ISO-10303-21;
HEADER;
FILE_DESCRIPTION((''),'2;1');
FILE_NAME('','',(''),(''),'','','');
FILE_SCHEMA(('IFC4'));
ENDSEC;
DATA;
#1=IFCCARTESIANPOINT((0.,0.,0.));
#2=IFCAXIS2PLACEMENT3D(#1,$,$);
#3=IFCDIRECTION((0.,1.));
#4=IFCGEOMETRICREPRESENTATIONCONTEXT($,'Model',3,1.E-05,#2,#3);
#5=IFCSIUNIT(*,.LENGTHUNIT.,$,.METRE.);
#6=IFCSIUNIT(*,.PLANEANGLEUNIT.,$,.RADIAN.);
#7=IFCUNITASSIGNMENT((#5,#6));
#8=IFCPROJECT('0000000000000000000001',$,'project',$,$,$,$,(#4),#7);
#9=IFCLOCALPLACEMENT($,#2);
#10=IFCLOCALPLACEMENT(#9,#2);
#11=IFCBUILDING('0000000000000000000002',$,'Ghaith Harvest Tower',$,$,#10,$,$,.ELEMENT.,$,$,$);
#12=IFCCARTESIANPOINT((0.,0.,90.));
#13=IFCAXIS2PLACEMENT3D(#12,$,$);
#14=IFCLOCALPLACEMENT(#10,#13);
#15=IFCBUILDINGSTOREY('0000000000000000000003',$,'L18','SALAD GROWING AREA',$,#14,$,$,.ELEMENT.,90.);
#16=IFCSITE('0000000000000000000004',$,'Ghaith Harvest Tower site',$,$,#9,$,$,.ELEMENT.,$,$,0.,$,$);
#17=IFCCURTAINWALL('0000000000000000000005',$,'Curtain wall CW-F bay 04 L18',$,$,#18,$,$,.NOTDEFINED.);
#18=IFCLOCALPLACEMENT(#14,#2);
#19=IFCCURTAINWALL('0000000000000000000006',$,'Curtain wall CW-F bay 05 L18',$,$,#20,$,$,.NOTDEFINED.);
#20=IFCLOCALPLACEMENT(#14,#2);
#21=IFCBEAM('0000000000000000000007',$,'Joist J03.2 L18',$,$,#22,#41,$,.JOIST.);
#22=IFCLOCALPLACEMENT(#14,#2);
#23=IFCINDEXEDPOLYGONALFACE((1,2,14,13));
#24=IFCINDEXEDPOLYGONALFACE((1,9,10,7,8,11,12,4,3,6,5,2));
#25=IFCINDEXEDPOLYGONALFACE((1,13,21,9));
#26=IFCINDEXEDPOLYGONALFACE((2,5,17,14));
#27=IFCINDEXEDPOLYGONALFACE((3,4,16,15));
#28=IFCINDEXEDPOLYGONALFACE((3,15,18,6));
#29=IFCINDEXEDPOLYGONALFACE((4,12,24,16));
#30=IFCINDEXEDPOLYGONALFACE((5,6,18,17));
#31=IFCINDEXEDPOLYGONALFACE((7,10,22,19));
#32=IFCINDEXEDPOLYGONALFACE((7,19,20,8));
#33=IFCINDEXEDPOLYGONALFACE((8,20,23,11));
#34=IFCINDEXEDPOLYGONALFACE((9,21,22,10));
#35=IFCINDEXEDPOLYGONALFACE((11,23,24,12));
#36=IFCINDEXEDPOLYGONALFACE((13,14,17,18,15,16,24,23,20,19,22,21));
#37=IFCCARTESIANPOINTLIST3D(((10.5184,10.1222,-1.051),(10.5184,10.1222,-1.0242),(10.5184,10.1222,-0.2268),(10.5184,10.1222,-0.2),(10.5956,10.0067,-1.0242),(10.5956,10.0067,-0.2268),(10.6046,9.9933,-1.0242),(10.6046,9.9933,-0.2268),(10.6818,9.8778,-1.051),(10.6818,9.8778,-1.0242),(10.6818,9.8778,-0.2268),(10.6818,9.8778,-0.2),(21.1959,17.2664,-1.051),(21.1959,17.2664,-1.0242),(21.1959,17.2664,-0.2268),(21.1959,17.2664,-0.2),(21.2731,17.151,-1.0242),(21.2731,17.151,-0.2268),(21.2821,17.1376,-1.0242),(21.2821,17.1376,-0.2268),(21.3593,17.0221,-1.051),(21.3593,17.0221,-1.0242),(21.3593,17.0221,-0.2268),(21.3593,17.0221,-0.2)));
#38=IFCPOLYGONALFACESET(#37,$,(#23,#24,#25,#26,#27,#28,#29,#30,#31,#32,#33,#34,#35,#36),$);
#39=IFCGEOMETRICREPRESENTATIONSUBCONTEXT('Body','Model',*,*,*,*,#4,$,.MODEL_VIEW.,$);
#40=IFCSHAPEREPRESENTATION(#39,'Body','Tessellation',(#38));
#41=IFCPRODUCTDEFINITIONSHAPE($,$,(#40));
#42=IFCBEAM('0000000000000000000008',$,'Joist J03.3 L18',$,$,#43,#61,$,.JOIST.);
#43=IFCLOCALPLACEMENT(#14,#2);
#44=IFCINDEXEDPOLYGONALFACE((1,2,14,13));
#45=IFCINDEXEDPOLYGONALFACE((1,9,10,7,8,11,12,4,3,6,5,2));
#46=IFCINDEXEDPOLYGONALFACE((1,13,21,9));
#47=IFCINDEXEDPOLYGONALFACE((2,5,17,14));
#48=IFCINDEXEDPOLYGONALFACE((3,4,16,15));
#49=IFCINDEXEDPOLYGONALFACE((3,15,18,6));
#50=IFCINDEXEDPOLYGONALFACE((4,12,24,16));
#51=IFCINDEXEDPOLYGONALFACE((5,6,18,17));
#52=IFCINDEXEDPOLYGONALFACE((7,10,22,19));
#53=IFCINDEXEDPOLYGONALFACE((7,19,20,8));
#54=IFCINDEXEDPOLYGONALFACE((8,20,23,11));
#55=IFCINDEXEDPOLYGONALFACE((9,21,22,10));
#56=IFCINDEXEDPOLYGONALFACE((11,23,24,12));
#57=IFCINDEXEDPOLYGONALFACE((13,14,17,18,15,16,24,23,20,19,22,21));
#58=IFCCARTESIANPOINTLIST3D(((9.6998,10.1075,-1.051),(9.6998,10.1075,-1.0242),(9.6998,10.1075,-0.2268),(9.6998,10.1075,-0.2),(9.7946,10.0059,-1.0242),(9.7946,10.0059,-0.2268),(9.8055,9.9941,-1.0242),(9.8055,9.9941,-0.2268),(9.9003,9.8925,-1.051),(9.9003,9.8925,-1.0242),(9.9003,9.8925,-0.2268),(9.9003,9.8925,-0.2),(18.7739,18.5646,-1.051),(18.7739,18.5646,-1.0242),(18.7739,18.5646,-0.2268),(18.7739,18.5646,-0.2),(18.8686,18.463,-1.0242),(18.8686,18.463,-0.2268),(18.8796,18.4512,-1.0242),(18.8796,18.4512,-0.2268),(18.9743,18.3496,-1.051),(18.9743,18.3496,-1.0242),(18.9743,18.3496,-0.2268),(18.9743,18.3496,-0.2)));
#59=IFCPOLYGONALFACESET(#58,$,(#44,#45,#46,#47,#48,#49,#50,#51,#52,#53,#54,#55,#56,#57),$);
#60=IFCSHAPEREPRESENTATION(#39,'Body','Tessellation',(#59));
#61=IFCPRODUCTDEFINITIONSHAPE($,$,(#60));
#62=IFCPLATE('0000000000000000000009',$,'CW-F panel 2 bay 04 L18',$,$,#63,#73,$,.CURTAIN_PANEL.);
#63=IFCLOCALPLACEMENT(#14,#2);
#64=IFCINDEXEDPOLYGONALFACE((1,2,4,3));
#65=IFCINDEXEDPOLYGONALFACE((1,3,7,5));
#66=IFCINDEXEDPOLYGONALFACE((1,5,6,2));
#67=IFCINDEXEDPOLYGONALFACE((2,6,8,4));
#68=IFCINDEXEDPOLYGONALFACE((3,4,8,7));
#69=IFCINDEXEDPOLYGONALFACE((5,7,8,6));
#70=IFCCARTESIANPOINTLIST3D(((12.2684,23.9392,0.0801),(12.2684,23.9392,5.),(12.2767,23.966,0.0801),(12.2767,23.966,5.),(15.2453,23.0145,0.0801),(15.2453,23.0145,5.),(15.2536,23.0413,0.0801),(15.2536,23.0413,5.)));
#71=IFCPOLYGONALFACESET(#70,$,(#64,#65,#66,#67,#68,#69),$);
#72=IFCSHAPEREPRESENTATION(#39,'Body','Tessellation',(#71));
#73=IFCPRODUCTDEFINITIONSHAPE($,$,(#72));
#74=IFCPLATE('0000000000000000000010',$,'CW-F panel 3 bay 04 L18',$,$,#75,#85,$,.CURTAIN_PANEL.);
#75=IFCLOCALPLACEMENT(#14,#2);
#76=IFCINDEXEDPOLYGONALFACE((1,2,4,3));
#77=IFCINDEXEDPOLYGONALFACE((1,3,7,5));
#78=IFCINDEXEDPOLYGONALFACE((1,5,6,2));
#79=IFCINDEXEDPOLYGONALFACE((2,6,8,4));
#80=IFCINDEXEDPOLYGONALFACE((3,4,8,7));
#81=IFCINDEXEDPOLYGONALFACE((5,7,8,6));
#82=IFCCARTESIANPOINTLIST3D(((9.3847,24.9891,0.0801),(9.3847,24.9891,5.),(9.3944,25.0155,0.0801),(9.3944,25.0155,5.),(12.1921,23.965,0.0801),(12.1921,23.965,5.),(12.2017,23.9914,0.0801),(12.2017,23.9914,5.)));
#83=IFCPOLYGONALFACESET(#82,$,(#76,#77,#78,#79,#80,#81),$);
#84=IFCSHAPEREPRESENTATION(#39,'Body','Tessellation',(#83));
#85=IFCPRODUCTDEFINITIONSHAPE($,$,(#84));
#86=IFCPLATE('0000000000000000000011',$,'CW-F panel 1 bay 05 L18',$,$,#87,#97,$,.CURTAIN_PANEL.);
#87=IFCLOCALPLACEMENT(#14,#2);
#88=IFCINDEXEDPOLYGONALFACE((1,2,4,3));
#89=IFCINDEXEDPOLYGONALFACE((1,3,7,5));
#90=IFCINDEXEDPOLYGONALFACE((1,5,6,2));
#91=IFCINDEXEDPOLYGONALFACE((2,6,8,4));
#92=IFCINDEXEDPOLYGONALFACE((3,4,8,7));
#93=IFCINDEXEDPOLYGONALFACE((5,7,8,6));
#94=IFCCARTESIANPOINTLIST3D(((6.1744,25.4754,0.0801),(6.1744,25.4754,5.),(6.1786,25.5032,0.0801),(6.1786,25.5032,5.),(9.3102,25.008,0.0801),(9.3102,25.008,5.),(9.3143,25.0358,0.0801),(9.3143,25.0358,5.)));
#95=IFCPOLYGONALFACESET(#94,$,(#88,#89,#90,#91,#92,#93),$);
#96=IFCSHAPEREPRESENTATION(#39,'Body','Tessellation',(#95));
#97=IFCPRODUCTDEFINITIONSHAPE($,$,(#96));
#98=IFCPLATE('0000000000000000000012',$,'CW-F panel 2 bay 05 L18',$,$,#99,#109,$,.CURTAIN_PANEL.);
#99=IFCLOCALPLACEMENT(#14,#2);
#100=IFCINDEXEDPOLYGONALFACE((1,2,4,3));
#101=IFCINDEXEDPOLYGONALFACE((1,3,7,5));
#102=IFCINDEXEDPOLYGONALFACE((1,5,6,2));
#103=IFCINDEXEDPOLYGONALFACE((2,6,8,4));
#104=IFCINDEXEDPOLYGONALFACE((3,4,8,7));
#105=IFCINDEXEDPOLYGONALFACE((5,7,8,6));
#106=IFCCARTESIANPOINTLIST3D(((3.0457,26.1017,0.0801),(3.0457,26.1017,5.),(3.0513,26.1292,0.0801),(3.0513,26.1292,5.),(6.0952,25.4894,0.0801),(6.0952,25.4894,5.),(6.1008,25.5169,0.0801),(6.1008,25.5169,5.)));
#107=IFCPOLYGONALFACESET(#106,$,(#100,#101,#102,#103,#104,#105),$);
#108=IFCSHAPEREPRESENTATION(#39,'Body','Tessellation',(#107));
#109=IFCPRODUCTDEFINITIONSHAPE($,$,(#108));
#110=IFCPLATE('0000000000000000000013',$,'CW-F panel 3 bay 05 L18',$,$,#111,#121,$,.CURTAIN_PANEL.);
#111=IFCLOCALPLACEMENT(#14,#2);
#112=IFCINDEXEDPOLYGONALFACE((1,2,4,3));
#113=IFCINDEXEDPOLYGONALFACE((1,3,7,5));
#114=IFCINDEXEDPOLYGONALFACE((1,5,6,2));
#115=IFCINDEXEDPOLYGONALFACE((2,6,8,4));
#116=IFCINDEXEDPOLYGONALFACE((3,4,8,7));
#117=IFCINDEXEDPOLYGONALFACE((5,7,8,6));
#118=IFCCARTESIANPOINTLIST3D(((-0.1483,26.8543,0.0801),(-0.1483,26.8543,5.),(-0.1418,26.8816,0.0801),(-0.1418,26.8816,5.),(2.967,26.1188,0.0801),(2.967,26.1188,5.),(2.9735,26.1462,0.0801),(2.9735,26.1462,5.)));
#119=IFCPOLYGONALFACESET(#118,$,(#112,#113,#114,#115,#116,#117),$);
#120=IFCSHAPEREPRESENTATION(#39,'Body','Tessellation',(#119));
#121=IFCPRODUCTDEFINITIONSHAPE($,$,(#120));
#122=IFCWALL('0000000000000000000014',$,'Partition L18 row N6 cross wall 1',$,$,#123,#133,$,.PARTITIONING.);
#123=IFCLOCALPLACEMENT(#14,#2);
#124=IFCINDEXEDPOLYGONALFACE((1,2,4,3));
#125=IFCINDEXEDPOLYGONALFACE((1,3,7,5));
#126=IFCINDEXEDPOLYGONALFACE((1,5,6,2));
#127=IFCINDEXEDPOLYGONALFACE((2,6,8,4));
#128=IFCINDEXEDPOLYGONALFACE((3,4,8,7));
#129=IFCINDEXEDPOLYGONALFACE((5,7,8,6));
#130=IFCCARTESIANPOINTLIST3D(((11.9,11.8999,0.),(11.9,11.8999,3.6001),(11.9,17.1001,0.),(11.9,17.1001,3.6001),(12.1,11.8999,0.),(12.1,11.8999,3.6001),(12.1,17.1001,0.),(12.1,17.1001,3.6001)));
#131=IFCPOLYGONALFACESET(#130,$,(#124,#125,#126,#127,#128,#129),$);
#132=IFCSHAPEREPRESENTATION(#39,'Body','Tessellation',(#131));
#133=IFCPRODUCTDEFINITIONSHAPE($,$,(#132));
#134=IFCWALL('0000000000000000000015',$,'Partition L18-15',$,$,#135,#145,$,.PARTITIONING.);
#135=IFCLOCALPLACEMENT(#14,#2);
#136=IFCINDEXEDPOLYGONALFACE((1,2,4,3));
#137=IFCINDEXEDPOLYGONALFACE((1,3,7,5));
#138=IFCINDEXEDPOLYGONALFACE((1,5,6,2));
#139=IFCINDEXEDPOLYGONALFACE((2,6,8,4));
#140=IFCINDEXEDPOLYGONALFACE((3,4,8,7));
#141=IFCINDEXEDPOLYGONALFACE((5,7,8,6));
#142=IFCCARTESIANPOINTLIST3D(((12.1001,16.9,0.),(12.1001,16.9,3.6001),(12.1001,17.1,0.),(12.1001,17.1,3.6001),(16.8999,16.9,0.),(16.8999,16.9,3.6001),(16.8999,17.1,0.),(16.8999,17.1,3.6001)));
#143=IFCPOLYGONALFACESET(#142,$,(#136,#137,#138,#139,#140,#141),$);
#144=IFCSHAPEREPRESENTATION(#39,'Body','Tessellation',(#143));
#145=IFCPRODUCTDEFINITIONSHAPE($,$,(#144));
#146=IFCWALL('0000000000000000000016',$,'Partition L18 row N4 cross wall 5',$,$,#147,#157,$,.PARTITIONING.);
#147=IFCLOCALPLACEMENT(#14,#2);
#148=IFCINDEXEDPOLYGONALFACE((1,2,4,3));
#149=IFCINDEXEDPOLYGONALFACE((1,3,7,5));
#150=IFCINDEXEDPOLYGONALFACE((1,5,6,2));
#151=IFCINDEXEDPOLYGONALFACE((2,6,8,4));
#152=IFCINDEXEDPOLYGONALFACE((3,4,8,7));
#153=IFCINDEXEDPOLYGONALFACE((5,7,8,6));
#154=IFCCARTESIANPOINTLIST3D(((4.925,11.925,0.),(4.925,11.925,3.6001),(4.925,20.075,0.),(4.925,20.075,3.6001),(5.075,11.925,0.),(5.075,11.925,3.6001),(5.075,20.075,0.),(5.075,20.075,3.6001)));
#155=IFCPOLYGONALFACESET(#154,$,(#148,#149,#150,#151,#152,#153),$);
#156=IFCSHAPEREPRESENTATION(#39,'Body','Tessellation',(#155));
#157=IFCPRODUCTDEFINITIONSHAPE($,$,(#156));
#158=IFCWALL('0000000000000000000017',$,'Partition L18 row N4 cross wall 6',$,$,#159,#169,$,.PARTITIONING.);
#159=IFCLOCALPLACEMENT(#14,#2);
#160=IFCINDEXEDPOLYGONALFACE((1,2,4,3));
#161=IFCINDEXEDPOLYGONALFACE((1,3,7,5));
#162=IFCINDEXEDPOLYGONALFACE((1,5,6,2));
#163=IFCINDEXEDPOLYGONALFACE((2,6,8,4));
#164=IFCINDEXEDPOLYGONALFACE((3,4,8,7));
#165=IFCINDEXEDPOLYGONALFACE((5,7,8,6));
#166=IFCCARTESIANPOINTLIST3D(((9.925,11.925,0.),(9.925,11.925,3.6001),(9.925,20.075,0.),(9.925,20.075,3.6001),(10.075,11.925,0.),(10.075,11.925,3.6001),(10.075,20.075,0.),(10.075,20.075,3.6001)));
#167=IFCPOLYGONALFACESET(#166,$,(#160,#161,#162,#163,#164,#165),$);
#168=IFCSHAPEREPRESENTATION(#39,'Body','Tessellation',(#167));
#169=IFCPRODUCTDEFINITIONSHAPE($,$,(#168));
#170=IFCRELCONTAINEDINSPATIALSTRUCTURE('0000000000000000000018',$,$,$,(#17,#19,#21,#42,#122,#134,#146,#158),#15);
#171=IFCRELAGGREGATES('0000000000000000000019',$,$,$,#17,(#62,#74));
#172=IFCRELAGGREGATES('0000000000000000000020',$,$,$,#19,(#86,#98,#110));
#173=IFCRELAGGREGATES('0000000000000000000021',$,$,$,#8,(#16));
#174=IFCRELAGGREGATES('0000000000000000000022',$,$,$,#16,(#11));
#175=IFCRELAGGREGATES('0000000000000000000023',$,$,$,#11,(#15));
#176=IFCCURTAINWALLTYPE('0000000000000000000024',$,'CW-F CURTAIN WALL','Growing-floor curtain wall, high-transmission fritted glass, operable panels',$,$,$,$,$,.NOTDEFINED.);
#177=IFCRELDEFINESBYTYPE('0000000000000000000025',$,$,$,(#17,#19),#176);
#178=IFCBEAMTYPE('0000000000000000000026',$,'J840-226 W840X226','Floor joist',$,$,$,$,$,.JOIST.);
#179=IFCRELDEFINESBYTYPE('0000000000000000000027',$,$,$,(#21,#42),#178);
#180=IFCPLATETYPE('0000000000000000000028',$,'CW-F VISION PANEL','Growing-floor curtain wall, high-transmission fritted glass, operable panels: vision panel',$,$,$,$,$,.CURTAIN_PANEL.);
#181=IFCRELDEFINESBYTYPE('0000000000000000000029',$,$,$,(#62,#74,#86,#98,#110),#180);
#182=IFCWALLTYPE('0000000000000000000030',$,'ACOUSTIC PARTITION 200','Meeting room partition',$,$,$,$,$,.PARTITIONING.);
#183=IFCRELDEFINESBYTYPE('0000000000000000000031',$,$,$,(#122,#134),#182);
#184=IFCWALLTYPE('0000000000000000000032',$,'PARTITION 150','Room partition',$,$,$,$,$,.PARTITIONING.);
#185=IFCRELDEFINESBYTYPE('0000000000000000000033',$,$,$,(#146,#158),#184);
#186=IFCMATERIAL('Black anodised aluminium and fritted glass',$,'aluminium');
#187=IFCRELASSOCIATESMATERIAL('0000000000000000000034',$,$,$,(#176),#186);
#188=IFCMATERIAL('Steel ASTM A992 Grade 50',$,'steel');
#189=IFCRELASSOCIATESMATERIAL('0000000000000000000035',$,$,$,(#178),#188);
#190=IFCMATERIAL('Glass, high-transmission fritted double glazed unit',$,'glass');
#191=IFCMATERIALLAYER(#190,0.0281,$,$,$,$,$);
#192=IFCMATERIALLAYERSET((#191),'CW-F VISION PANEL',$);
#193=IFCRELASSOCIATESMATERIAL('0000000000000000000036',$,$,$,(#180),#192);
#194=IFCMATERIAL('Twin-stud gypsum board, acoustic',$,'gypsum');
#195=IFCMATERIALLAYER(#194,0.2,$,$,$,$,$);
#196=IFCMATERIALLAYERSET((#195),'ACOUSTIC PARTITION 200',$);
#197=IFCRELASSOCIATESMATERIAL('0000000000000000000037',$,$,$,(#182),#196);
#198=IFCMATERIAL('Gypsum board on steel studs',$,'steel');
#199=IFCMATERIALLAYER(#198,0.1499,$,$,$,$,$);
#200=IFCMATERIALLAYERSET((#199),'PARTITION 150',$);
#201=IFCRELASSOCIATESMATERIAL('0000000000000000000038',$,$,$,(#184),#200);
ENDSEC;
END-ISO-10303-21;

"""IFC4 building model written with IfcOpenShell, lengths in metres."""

from ifc_helpers import new_model, si_unit, direction, frame, frame_2d, origin, origin_2d, place, context, subcontext, project, spatial, rectangle, i_section, extrude, material, layer, layer_set, material_profile, profile_set, type_object, element, aggregate, save


model = new_model("IFC4")

# Units and contexts
model_context = context("Model", 3, precision=1e-05, world=origin(), true_north=direction((0.0, 1.0)))
body_context = subcontext(model_context, "Body", "Model", "MODEL_VIEW")
ifc_project = project(units=[si_unit("LENGTHUNIT", "METRE"), si_unit("PLANEANGLEUNIT", "RADIAN")], contexts=[model_context])

# Site, building, storey
site_placement = place(None, origin())
site = spatial("IfcSite", under=ifc_project, at=site_placement, Name="Ghaith Harvest Tower site", CompositionType="ELEMENT", RefElevation=0.0)
building_placement = place(site_placement, origin())
building = spatial("IfcBuilding", under=site, at=building_placement, Name="Ghaith Harvest Tower", CompositionType="ELEMENT")
storey_placement = place(building_placement, frame((0.0, 0.0, 90.0)))
storey = spatial("IfcBuildingStorey", under=building, at=storey_placement, Name="L18", Description="SALAD GROWING AREA", CompositionType="ELEMENT", Elevation=90.0)

# Curtain wall
ifc_material_1 = material(Name="Black anodised aluminium and fritted glass", Category="aluminium")
curtain_wall_type = type_object("IfcCurtainWallType", Name="CW-F CURTAIN WALL", Description="Growing-floor curtain wall, high-transmission fritted glass, operable panels", PredefinedType="NOTDEFINED", material=ifc_material_1)
curtain_wall_1_placement = place(storey_placement, origin())
curtain_wall_1 = element("IfcCurtainWall", 1, at=curtain_wall_1_placement, inside=storey, type_object=curtain_wall_type, Name="Curtain wall CW-F bay 04 L18", PredefinedType="NOTDEFINED")

# Curtain wall
curtain_wall_2_placement = place(storey_placement, origin())
curtain_wall_2 = element("IfcCurtainWall", 2, at=curtain_wall_2_placement, inside=storey, type_object=curtain_wall_type, Name="Curtain wall CW-F bay 05 L18", PredefinedType="NOTDEFINED")

# Beams
ifc_material_2 = material(Name="Steel ASTM A992 Grade 50", Category="steel")
ifc_material_profile_1 = material_profile(ifc_material_2, i_section(OverallWidth=0.2939, OverallDepth=0.8511, WebThickness=0.0161, FlangeThickness=0.0269, at=origin_2d()), Name="W840X226")
ifc_profile_set_1 = profile_set([ifc_material_profile_1], Name="Steel ASTM A992 Grade 50")
beam_type_1 = type_object("IfcBeamType", Name="J840-226 W840X226", Description="Floor joist", PredefinedType="JOIST", material=ifc_profile_set_1)
beam_1_placement = place(storey_placement, frame((10.6001, 10.0, -0.6255), z_axis=(0.831116, 0.556098, 0.0), x_axis=(-0.556098, 0.831116, 0.0)))
element("IfcBeam", 3, at=beam_1_placement, inside=storey, type_object=beam_type_1, Name="Joist J03.2 L18", PredefinedType="JOIST", context=body_context, shape_type="SweptSolid", body=[
    extrude(i_section(OverallWidth=0.2939, OverallDepth=0.8511, WebThickness=0.0161, FlangeThickness=0.0269, at=origin_2d()), origin(), (0.0, 0.0, 1.0), 12.8472),
])
beam_2_placement = place(storey_placement, frame((9.8, 10.0, -0.6255), z_axis=(0.731538, 0.681801, 0.0), x_axis=(-0.681801, 0.731538, 0.0)))
element("IfcBeam", 4, at=beam_2_placement, inside=storey, type_object=beam_type_1, Name="Joist J03.3 L18", PredefinedType="JOIST", context=body_context, shape_type="SweptSolid", body=[
    extrude(i_section(OverallWidth=0.2939, OverallDepth=0.8511, WebThickness=0.0161, FlangeThickness=0.0269, at=origin_2d()), origin(), (0.0, 0.0, 1.0), 12.4041),
])

# Plates
ifc_material_3 = material(Name="Glass, high-transmission fritted double glazed unit", Category="glass")
ifc_layer_1 = layer(ifc_material_3, 0.0281)
ifc_layer_set_1 = layer_set([ifc_layer_1], Name="CW-F VISION PANEL")
plate_type = type_object("IfcPlateType", Name="CW-F VISION PANEL", Description="Growing-floor curtain wall, high-transmission fritted glass, operable panels: vision panel", PredefinedType="CURTAIN_PANEL", material=ifc_layer_set_1)
plate_1_placement = place(storey_placement, frame((13.761, 23.4902, 0.0801), z_axis=(0.0, 0.0, 1.0), x_axis=(-0.954988, 0.296644, 0.0)))
plate_1 = element("IfcPlate", 5, at=plate_1_placement, type_object=plate_type, Name="CW-F panel 2 bay 04 L18", PredefinedType="CURTAIN_PANEL", context=body_context, shape_type="SweptSolid", body=[
    extrude(rectangle(XDim=3.1172, YDim=0.0281, at=origin_2d()), origin(), (0.0, 0.0, 1.0), 4.9199),
])
plate_2_placement = place(storey_placement, frame((10.7932, 24.4902, 0.0801), z_axis=(0.0, 0.0, 1.0), x_axis=(-0.939438, 0.342718, 0.0)))
plate_2 = element("IfcPlate", 6, at=plate_2_placement, type_object=plate_type, Name="CW-F panel 3 bay 04 L18", PredefinedType="CURTAIN_PANEL", context=body_context, shape_type="SweptSolid", body=[
    extrude(rectangle(XDim=2.9883, YDim=0.0281, at=origin_2d()), origin(), (0.0, 0.0, 1.0), 4.9199),
])
aggregate(curtain_wall_1, [plate_1, plate_2])
plate_3_placement = place(storey_placement, frame((7.7444, 25.2556, 0.0801), z_axis=(0.0, 0.0, 1.0), x_axis=(-0.989074, 0.147418, 0.0)))
plate_3 = element("IfcPlate", 7, at=plate_3_placement, type_object=plate_type, Name="CW-F panel 1 bay 05 L18", PredefinedType="CURTAIN_PANEL", context=body_context, shape_type="SweptSolid", body=[
    extrude(rectangle(XDim=3.1704, YDim=0.0281, at=origin_2d()), origin(), (0.0, 0.0, 1.0), 4.9199),
])
plate_4_placement = place(storey_placement, frame((4.5732, 25.8093, 0.0801), z_axis=(0.0, 0.0, 1.0), x_axis=(-0.980432, 0.196856, 0.0)))
plate_4 = element("IfcPlate", 8, at=plate_4_placement, type_object=plate_type, Name="CW-F panel 2 bay 05 L18", PredefinedType="CURTAIN_PANEL", context=body_context, shape_type="SweptSolid", body=[
    extrude(rectangle(XDim=3.1104, YDim=0.0281, at=origin_2d()), origin(), (0.0, 0.0, 1.0), 4.9199),
])
plate_5_placement = place(storey_placement, frame((1.4126, 26.5002, 0.0801), z_axis=(0.0, 0.0, 1.0), x_axis=(-0.973246, 0.229766, 0.0)))
plate_5 = element("IfcPlate", 9, at=plate_5_placement, type_object=plate_type, Name="CW-F panel 3 bay 05 L18", PredefinedType="CURTAIN_PANEL", context=body_context, shape_type="SweptSolid", body=[
    extrude(rectangle(XDim=3.2009, YDim=0.0281, at=origin_2d()), origin(), (0.0, 0.0, 1.0), 4.9199),
])
aggregate(curtain_wall_2, [plate_3, plate_4, plate_5])

# Wall
ifc_material_4 = material(Name="Twin-stud gypsum board, acoustic", Category="gypsum")
ifc_layer_2 = layer(ifc_material_4, 0.2)
ifc_layer_set_2 = layer_set([ifc_layer_2], Name="ACOUSTIC PARTITION 200")
wall_type_1 = type_object("IfcWallType", Name="ACOUSTIC PARTITION 200", Description="Meeting room partition", PredefinedType="PARTITIONING", material=ifc_layer_set_2)
wall_1_placement = place(storey_placement, frame((12.0, 11.8999, 0.0), z_axis=(0.0, 0.0, 1.0), x_axis=(0.0, 1.0, 0.0)))
element("IfcWall", 10, at=wall_1_placement, inside=storey, type_object=wall_type_1, Name="Partition L18 row N6 cross wall 1", PredefinedType="PARTITIONING", context=body_context, shape_type="SweptSolid", body=[
    extrude(rectangle(XDim=5.2002, YDim=0.2, at=frame_2d((2.6001, 0.0))), origin(), (0.0, 0.0, 1.0), 3.6001),
])

# Walls
wall_2_placement = place(storey_placement, frame((12.1001, 17.0, 0.0), z_axis=(0.0, 0.0, 1.0), x_axis=(1.0, 0.0, 0.0)))
element("IfcWall", 11, at=wall_2_placement, inside=storey, type_object=wall_type_1, Name="Partition L18-15", PredefinedType="PARTITIONING", context=body_context, shape_type="SweptSolid", body=[
    extrude(rectangle(XDim=4.7998, YDim=0.2, at=frame_2d((2.3999, 0.0))), origin(), (0.0, 0.0, 1.0), 3.6001),
])
ifc_material_5 = material(Name="Gypsum board on steel studs", Category="steel")
ifc_layer_3 = layer(ifc_material_5, 0.1499)
ifc_layer_set_3 = layer_set([ifc_layer_3], Name="PARTITION 150")
wall_type_2 = type_object("IfcWallType", Name="PARTITION 150", Description="Room partition", PredefinedType="PARTITIONING", material=ifc_layer_set_3)
for number, where, z_axis, x_axis, name in (
    (12, (5.0, 11.925, 0.0), (0.0, 0.0, 1.0), (0.0, 1.0, 0.0), "Partition L18 row N4 cross wall 5"),
    (13, (10.0, 11.925, 0.0), (0.0, 0.0, 1.0), (0.0, 1.0, 0.0), "Partition L18 row N4 cross wall 6"),
):
    element("IfcWall", number, at=place(storey_placement, frame(where, z_axis=z_axis, x_axis=x_axis)), inside=storey, type_object=wall_type_2, Name=name, PredefinedType="PARTITIONING", context=body_context, shape_type="SweptSolid", body=[
        extrude(rectangle(XDim=8.1499, YDim=0.1499, at=frame_2d((4.075, 0.0))), origin(), (0.0, 0.0, 1.0), 3.6001),
    ])

save(model, "model.ifc")
